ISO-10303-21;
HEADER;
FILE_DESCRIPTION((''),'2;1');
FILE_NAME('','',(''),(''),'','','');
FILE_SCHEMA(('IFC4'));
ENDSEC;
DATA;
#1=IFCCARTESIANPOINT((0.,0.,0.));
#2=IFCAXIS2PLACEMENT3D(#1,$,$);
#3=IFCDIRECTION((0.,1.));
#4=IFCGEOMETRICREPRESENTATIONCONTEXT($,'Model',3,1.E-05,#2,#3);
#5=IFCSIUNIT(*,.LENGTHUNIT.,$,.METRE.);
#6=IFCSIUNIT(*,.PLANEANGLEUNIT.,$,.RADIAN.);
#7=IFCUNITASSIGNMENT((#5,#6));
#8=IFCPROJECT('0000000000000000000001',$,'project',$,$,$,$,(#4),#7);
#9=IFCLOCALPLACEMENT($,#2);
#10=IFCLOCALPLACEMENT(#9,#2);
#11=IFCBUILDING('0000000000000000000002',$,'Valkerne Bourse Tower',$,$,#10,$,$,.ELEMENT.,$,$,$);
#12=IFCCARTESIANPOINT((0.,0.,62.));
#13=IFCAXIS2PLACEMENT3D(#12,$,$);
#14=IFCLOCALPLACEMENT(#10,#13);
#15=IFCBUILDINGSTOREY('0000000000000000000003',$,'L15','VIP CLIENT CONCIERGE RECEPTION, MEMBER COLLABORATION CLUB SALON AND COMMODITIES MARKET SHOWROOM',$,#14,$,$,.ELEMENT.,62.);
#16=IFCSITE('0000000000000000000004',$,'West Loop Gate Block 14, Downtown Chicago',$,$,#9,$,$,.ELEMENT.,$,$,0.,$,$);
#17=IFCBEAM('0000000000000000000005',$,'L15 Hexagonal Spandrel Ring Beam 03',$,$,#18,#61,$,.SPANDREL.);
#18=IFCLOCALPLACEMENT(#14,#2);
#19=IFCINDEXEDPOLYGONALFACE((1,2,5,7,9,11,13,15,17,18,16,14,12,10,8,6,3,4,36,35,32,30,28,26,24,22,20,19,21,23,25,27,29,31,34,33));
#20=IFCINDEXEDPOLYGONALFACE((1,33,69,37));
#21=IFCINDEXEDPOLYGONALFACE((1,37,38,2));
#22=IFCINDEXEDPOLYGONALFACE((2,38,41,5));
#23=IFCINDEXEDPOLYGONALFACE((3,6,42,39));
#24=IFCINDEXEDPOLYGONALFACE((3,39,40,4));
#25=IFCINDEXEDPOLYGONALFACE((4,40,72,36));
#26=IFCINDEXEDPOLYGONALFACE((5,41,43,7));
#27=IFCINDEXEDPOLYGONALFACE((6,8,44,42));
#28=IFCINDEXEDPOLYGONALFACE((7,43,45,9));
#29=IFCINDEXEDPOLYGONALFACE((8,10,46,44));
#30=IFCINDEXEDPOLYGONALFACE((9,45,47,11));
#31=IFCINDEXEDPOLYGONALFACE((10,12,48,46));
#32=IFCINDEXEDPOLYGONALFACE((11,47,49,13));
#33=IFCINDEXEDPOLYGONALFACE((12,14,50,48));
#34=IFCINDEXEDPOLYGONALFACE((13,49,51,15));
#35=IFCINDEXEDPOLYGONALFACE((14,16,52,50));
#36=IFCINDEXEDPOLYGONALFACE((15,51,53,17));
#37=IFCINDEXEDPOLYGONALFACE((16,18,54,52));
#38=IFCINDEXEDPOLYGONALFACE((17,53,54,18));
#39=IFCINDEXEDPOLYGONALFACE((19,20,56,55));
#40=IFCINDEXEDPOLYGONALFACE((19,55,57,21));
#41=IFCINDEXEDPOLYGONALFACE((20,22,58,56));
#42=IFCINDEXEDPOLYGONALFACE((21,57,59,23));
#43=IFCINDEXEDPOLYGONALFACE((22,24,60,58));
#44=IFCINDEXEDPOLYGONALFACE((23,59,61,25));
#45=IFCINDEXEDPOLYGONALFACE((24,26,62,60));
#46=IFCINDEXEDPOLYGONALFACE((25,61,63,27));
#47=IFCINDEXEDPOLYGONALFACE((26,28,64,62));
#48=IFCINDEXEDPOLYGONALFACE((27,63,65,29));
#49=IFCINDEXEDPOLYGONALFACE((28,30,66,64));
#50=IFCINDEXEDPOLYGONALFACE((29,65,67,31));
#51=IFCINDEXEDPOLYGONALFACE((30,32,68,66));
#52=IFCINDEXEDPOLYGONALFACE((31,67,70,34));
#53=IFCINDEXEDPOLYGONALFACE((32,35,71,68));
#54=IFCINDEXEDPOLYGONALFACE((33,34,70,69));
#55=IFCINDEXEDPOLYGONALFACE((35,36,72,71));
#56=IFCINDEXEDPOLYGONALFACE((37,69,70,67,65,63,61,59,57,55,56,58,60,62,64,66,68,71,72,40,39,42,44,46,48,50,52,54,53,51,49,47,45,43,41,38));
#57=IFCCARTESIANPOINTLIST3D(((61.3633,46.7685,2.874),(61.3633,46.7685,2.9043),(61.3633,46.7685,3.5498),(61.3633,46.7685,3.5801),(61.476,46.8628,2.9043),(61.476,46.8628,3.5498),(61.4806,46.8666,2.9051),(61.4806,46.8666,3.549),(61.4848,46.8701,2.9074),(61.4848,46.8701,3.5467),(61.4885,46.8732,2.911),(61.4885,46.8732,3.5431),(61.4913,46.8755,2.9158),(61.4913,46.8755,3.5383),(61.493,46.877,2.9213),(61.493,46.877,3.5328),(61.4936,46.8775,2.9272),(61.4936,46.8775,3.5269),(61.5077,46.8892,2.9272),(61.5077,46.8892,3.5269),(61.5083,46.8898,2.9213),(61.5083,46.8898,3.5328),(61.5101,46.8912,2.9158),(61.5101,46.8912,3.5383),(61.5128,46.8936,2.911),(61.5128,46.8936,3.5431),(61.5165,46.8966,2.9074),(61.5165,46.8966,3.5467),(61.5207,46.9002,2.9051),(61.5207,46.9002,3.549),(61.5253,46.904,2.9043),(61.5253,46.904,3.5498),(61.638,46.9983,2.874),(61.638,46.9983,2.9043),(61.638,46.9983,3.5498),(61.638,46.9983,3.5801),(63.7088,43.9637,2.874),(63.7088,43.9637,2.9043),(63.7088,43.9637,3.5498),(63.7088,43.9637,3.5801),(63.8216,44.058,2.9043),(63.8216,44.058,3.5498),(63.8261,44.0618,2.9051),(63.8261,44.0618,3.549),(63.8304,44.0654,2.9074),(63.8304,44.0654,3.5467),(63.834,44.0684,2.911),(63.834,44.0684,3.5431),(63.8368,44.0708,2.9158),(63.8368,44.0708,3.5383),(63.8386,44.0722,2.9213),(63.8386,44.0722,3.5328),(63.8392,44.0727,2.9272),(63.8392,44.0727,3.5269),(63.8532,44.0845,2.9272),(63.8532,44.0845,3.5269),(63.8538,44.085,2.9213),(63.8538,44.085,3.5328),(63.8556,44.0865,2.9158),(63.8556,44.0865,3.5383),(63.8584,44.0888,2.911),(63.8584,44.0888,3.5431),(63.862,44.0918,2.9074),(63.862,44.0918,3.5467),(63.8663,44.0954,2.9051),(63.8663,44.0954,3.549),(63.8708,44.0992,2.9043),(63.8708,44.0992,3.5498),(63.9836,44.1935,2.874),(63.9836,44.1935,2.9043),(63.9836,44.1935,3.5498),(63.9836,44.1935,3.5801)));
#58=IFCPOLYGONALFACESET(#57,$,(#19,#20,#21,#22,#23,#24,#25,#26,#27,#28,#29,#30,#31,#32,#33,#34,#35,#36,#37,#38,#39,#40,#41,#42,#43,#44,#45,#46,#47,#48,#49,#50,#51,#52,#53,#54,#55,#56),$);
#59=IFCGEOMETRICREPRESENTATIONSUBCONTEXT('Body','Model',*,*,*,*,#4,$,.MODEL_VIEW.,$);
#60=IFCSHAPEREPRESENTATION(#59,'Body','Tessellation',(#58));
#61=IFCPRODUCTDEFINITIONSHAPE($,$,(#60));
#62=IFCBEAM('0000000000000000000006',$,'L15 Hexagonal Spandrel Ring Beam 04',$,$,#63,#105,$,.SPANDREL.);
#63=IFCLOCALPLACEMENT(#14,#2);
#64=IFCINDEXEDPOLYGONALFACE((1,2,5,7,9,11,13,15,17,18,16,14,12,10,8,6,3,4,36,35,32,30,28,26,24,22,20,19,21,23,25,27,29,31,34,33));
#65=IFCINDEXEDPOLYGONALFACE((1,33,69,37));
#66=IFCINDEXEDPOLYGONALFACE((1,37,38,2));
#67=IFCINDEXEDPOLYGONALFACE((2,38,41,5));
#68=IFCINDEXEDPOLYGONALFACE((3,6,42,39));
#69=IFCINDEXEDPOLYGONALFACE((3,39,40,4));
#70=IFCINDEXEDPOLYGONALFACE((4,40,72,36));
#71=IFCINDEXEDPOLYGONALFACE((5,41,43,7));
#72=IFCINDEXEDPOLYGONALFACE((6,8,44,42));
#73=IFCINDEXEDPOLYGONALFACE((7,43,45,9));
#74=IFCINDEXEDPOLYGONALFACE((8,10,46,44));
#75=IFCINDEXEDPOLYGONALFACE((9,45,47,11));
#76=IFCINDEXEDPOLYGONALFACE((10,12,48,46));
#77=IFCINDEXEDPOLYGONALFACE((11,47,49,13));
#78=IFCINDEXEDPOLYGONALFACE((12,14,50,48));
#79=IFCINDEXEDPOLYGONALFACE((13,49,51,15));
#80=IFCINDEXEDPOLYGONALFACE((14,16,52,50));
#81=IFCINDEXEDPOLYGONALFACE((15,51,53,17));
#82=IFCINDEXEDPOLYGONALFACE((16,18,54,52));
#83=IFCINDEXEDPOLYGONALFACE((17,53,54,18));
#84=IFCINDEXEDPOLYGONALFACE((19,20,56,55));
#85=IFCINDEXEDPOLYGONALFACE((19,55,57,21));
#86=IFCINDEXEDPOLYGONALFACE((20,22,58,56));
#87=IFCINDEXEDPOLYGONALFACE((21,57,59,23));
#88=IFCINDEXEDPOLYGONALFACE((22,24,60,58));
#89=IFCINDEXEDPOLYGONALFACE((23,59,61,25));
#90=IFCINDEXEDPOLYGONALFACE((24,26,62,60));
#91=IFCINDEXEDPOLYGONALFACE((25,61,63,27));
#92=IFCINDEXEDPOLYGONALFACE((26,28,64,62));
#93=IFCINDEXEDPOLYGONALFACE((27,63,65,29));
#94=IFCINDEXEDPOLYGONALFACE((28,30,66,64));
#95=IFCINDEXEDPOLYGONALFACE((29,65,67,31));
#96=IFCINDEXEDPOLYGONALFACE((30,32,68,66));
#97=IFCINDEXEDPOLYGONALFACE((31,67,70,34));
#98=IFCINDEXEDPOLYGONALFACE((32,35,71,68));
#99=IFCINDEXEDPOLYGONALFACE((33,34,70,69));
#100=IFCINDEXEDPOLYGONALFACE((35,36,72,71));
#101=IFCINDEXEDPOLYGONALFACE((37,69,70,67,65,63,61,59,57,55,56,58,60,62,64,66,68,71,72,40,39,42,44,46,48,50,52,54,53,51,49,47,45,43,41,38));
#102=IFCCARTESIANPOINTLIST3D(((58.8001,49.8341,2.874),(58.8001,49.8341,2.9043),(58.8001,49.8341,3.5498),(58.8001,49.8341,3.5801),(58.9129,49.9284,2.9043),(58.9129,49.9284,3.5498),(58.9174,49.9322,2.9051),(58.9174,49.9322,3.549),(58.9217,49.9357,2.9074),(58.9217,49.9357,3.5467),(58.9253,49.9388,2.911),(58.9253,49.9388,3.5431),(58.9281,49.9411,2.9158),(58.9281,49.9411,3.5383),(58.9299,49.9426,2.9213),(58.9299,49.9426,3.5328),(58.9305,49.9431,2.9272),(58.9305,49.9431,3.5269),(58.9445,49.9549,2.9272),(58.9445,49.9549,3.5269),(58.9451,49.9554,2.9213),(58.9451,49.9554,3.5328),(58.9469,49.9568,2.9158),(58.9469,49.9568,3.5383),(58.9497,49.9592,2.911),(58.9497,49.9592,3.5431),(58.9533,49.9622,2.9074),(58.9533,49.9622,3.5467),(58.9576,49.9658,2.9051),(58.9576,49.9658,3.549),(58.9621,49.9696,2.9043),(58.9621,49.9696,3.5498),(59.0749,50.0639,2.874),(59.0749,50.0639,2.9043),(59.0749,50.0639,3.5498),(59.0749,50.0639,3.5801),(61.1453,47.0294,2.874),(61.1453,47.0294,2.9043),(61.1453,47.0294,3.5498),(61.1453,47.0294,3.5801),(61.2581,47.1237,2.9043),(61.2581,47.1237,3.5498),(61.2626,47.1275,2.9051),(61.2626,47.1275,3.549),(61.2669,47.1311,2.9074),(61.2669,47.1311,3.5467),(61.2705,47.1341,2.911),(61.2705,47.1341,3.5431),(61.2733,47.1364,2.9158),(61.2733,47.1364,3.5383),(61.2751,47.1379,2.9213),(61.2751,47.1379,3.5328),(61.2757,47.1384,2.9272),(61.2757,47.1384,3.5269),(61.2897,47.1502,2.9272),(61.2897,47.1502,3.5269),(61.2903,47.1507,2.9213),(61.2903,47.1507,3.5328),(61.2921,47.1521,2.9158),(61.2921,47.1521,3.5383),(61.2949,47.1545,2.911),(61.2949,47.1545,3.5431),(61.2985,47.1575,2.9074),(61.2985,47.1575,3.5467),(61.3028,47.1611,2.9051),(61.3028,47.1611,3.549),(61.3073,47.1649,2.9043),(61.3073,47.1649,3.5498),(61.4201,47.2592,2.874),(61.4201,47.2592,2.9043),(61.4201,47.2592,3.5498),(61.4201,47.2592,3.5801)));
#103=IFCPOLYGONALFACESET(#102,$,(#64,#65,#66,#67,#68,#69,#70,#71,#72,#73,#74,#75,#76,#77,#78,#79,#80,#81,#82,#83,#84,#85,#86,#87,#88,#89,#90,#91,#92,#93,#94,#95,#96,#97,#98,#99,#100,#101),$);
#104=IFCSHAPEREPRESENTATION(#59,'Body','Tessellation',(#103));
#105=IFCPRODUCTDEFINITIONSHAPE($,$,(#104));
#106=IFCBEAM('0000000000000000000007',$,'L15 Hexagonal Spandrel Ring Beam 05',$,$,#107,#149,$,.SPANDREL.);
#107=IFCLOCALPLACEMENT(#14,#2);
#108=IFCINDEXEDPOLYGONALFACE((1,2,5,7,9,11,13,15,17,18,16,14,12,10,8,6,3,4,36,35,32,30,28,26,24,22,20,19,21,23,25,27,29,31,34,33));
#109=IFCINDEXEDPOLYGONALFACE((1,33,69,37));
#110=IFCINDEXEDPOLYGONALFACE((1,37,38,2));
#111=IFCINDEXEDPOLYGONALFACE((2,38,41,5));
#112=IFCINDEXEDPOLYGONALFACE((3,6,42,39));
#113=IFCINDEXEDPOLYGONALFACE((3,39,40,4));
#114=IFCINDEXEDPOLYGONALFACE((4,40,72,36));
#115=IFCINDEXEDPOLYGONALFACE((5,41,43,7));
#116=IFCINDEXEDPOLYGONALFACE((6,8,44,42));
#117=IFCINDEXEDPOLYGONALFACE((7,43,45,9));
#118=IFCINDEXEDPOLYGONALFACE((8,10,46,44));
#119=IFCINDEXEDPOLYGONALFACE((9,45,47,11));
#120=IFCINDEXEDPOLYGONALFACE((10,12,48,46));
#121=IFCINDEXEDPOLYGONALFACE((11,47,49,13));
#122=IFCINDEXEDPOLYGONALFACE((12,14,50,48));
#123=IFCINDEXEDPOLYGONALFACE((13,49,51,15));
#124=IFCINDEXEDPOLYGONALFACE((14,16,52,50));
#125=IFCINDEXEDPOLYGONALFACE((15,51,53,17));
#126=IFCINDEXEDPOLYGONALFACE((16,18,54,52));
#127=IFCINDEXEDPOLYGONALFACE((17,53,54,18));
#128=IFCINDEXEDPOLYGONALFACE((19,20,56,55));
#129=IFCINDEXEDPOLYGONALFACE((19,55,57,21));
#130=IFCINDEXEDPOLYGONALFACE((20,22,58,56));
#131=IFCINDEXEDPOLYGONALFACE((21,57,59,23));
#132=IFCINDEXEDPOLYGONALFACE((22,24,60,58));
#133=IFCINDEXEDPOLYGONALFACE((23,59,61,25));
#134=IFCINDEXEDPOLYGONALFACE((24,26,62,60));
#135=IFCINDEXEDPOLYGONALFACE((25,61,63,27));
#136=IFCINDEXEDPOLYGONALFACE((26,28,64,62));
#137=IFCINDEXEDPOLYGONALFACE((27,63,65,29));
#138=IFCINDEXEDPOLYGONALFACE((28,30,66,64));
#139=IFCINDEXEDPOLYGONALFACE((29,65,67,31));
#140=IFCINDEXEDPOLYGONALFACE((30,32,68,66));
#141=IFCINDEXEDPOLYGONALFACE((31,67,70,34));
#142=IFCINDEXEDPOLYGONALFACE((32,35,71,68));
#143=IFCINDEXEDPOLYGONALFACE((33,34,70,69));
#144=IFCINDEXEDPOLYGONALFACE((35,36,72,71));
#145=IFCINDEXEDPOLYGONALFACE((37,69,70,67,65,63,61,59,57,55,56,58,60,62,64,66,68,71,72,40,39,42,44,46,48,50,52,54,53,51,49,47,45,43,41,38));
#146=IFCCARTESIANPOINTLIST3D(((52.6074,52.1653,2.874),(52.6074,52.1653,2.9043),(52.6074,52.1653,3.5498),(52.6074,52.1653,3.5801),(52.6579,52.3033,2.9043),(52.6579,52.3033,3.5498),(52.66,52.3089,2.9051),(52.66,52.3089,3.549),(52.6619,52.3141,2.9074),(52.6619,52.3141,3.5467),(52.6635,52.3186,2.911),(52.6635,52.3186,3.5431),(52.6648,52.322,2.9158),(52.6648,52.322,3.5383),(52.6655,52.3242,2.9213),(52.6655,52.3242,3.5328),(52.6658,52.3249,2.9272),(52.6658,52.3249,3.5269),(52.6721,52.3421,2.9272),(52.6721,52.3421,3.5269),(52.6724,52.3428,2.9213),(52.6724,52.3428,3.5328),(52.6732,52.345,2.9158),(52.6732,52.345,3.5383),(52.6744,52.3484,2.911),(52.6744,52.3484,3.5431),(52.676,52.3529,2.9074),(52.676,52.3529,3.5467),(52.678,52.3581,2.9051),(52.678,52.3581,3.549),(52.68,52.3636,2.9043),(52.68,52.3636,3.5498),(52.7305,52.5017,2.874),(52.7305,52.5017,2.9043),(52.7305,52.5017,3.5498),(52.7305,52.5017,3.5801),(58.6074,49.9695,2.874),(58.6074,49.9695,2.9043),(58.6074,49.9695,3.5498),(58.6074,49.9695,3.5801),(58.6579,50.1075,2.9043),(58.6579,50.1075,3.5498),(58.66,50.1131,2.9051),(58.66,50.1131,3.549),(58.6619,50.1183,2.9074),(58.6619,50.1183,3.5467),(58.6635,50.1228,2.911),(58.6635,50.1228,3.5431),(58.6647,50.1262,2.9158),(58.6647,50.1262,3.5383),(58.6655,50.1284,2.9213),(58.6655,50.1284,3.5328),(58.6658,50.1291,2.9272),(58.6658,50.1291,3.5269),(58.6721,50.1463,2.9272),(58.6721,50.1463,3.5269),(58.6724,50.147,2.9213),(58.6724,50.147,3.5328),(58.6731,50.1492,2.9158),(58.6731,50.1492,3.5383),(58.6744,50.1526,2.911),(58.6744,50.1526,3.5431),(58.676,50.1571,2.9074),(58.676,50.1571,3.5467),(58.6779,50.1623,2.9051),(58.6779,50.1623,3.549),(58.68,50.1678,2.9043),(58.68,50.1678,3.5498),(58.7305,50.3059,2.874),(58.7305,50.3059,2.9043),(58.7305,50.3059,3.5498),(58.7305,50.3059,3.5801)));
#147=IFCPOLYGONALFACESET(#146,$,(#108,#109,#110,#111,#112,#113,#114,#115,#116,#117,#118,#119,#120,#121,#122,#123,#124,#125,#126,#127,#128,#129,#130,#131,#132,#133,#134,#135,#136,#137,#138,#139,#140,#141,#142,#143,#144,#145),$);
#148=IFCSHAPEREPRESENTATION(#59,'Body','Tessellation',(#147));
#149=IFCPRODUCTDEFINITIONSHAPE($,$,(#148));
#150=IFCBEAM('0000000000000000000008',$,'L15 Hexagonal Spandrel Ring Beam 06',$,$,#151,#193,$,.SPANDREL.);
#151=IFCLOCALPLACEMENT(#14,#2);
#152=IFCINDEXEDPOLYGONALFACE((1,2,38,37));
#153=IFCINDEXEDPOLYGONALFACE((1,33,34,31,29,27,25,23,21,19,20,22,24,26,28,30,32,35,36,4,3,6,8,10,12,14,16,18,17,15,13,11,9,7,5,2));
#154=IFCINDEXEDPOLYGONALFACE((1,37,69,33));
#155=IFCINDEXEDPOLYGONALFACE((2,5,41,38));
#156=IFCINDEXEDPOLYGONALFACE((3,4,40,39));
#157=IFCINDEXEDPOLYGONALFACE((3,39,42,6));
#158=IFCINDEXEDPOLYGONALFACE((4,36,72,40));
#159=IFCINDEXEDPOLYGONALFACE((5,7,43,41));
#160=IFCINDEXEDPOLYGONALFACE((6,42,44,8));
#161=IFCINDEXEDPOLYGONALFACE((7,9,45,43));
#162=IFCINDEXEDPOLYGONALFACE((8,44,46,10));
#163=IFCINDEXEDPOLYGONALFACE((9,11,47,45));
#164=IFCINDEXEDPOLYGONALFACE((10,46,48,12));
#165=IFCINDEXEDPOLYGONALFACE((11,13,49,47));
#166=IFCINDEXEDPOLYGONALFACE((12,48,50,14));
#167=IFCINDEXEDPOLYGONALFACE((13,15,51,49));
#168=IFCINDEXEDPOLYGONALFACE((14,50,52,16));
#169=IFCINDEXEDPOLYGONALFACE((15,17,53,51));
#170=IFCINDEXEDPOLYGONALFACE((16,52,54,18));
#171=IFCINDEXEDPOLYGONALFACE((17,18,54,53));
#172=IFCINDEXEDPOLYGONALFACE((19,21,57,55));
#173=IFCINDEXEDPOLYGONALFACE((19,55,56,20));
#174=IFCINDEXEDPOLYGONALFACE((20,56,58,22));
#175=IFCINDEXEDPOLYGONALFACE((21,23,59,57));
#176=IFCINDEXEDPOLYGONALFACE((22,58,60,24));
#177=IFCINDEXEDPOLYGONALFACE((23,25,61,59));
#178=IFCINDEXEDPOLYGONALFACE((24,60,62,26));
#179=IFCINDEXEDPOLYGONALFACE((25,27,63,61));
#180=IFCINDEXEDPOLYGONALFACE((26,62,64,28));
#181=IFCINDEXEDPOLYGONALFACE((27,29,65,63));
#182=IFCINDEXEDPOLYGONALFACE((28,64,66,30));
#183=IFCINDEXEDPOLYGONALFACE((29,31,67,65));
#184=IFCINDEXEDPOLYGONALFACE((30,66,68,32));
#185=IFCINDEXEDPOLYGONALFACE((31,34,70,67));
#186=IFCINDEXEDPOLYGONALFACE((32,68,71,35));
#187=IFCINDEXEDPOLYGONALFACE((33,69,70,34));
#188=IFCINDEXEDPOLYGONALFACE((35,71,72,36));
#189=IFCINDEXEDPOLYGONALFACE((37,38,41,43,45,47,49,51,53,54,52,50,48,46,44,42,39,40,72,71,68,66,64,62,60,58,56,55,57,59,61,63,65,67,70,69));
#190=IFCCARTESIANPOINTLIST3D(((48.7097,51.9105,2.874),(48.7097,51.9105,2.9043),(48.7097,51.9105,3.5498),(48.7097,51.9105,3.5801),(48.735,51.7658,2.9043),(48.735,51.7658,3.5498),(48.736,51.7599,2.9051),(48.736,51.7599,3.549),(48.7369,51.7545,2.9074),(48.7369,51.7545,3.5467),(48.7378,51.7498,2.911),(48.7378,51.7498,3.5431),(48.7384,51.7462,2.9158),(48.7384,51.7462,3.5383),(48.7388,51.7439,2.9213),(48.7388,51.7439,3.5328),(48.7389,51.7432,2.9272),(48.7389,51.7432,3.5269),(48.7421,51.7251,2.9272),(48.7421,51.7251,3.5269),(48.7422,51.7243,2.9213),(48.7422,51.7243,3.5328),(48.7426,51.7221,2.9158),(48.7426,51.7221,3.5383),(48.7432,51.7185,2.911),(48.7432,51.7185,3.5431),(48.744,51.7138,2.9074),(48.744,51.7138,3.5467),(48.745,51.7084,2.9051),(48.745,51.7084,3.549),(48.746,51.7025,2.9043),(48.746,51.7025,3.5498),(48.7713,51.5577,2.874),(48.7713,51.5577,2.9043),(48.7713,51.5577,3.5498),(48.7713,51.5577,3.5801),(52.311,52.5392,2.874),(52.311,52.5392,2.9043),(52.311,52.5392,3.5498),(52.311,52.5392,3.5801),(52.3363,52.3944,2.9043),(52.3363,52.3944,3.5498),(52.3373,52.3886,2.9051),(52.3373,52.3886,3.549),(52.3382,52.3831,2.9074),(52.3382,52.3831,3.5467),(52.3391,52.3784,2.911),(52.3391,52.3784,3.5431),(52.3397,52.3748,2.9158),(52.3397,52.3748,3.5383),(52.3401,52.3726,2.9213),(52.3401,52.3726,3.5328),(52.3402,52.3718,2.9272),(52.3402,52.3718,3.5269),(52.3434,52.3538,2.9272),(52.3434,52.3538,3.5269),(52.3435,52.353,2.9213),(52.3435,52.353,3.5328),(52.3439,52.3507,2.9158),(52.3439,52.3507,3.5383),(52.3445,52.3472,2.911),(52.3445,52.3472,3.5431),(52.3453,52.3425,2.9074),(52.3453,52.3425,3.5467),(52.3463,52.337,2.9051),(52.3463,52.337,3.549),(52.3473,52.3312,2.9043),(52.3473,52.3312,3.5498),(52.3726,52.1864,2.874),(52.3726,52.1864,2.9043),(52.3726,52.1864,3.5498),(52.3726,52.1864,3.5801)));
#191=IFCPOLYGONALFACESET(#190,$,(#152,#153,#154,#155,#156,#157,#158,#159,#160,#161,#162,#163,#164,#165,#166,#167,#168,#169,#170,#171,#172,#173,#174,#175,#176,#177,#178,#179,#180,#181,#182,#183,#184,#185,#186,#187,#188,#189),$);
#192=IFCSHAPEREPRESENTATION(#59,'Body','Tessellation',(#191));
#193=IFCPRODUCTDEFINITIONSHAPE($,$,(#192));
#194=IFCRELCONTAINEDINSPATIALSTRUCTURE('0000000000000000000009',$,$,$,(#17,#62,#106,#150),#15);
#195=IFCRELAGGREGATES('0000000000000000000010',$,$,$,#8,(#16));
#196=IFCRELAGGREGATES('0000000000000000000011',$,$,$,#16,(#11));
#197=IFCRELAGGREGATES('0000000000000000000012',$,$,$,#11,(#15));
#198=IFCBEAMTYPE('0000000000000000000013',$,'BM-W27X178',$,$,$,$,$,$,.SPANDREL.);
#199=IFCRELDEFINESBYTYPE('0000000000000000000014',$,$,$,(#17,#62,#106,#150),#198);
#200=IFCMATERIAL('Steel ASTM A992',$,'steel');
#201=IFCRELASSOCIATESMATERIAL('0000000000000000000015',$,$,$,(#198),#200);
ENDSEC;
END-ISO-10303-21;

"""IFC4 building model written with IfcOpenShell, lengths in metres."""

from ifc_helpers import new_model, si_unit, direction, frame, origin, origin_2d, place, context, subcontext, project, spatial, i_section, extrude, material, material_profile, profile_set, type_object, element, save


model = new_model("IFC4")

# Units and contexts
model_context = context("Model", 3, precision=1e-05, world=origin(), true_north=direction((0.0, 1.0)))
body_context = subcontext(model_context, "Body", "Model", "MODEL_VIEW")
ifc_project = project(units=[si_unit("LENGTHUNIT", "METRE"), si_unit("PLANEANGLEUNIT", "RADIAN")], contexts=[model_context])

# Site, building, storey
site_placement = place(None, origin())
site = spatial("IfcSite", under=ifc_project, at=site_placement, Name="West Loop Gate Block 14, Downtown Chicago", CompositionType="ELEMENT", RefElevation=0.0)
building_placement = place(site_placement, origin())
building = spatial("IfcBuilding", under=site, at=building_placement, Name="Valkerne Bourse Tower", CompositionType="ELEMENT")
storey_placement = place(building_placement, frame((0.0, 0.0, 62.0)))
storey = spatial("IfcBuildingStorey", under=building, at=storey_placement, Name="L15", Description="VIP CLIENT CONCIERGE RECEPTION, MEMBER COLLABORATION CLUB SALON AND COMMODITIES MARKET SHOWROOM", CompositionType="ELEMENT", Elevation=62.0)

# Beams
ifc_material_1 = material(Name="Steel ASTM A992", Category="steel")
ifc_material_profile_1 = material_profile(ifc_material_1, i_section(OverallWidth=0.3582, OverallDepth=0.7061, WebThickness=0.0183, FlangeThickness=0.0303, FilletRadius=0.0229, at=origin_2d()), Name="W27X178")
ifc_profile_set_1 = profile_set([ifc_material_profile_1], Name="Steel ASTM A992")
beam_type = type_object("IfcBeamType", Name="BM-W27X178", PredefinedType="SPANDREL", material=ifc_profile_set_1)
beam_1_placement = place(storey_placement, frame((63.8462, 44.0786, 3.2271), z_axis=(-0.64151, 0.767115, 0.0), x_axis=(-0.767115, -0.64151, 0.0)))
element("IfcBeam", 1, at=beam_1_placement, inside=storey, type_object=beam_type, Name="L15 Hexagonal Spandrel Ring Beam 03", PredefinedType="SPANDREL", context=body_context, shape_type="SweptSolid", body=[
    extrude(i_section(OverallWidth=0.3582, OverallDepth=0.7061, WebThickness=0.0183, FlangeThickness=0.0303, FilletRadius=0.0229, at=origin_2d()), origin(), (0.0, 0.0, 1.0), 3.6562),
])
beam_2_placement = place(storey_placement, frame((61.2827, 47.1443, 3.2271), z_axis=(-0.641471, 0.767147, 0.0), x_axis=(-0.767147, -0.641471, 0.0)))
element("IfcBeam", 2, at=beam_2_placement, inside=storey, type_object=beam_type, Name="L15 Hexagonal Spandrel Ring Beam 04", PredefinedType="SPANDREL", context=body_context, shape_type="SweptSolid", body=[
    extrude(i_section(OverallWidth=0.3582, OverallDepth=0.7061, WebThickness=0.0183, FlangeThickness=0.0303, FilletRadius=0.0229, at=origin_2d()), origin(), (0.0, 0.0, 1.0), 3.656),
])
beam_3_placement = place(storey_placement, frame((58.6689, 50.1377, 3.2271), z_axis=(-0.939089, 0.343675, 0.0), x_axis=(-0.343675, -0.939089, 0.0)))
element("IfcBeam", 3, at=beam_3_placement, inside=storey, type_object=beam_type, Name="L15 Hexagonal Spandrel Ring Beam 05", PredefinedType="SPANDREL", context=body_context, shape_type="SweptSolid", body=[
    extrude(i_section(OverallWidth=0.3582, OverallDepth=0.7061, WebThickness=0.0183, FlangeThickness=0.0303, FilletRadius=0.0229, at=origin_2d()), origin(), (0.0, 0.0, 1.0), 6.3892),
])
beam_4_placement = place(storey_placement, frame((52.3418, 52.3628, 3.2271), z_axis=(-0.985103, -0.171964, 0.0), x_axis=(0.171964, -0.985103, 0.0)))
element("IfcBeam", 4, at=beam_4_placement, inside=storey, type_object=beam_type, Name="L15 Hexagonal Spandrel Ring Beam 06", PredefinedType="SPANDREL", context=body_context, shape_type="SweptSolid", body=[
    extrude(i_section(OverallWidth=0.3582, OverallDepth=0.7061, WebThickness=0.0183, FlangeThickness=0.0303, FilletRadius=0.0229, at=origin_2d()), origin(), (0.0, 0.0, 1.0), 3.6558),
])

save(model, "model.ifc")
